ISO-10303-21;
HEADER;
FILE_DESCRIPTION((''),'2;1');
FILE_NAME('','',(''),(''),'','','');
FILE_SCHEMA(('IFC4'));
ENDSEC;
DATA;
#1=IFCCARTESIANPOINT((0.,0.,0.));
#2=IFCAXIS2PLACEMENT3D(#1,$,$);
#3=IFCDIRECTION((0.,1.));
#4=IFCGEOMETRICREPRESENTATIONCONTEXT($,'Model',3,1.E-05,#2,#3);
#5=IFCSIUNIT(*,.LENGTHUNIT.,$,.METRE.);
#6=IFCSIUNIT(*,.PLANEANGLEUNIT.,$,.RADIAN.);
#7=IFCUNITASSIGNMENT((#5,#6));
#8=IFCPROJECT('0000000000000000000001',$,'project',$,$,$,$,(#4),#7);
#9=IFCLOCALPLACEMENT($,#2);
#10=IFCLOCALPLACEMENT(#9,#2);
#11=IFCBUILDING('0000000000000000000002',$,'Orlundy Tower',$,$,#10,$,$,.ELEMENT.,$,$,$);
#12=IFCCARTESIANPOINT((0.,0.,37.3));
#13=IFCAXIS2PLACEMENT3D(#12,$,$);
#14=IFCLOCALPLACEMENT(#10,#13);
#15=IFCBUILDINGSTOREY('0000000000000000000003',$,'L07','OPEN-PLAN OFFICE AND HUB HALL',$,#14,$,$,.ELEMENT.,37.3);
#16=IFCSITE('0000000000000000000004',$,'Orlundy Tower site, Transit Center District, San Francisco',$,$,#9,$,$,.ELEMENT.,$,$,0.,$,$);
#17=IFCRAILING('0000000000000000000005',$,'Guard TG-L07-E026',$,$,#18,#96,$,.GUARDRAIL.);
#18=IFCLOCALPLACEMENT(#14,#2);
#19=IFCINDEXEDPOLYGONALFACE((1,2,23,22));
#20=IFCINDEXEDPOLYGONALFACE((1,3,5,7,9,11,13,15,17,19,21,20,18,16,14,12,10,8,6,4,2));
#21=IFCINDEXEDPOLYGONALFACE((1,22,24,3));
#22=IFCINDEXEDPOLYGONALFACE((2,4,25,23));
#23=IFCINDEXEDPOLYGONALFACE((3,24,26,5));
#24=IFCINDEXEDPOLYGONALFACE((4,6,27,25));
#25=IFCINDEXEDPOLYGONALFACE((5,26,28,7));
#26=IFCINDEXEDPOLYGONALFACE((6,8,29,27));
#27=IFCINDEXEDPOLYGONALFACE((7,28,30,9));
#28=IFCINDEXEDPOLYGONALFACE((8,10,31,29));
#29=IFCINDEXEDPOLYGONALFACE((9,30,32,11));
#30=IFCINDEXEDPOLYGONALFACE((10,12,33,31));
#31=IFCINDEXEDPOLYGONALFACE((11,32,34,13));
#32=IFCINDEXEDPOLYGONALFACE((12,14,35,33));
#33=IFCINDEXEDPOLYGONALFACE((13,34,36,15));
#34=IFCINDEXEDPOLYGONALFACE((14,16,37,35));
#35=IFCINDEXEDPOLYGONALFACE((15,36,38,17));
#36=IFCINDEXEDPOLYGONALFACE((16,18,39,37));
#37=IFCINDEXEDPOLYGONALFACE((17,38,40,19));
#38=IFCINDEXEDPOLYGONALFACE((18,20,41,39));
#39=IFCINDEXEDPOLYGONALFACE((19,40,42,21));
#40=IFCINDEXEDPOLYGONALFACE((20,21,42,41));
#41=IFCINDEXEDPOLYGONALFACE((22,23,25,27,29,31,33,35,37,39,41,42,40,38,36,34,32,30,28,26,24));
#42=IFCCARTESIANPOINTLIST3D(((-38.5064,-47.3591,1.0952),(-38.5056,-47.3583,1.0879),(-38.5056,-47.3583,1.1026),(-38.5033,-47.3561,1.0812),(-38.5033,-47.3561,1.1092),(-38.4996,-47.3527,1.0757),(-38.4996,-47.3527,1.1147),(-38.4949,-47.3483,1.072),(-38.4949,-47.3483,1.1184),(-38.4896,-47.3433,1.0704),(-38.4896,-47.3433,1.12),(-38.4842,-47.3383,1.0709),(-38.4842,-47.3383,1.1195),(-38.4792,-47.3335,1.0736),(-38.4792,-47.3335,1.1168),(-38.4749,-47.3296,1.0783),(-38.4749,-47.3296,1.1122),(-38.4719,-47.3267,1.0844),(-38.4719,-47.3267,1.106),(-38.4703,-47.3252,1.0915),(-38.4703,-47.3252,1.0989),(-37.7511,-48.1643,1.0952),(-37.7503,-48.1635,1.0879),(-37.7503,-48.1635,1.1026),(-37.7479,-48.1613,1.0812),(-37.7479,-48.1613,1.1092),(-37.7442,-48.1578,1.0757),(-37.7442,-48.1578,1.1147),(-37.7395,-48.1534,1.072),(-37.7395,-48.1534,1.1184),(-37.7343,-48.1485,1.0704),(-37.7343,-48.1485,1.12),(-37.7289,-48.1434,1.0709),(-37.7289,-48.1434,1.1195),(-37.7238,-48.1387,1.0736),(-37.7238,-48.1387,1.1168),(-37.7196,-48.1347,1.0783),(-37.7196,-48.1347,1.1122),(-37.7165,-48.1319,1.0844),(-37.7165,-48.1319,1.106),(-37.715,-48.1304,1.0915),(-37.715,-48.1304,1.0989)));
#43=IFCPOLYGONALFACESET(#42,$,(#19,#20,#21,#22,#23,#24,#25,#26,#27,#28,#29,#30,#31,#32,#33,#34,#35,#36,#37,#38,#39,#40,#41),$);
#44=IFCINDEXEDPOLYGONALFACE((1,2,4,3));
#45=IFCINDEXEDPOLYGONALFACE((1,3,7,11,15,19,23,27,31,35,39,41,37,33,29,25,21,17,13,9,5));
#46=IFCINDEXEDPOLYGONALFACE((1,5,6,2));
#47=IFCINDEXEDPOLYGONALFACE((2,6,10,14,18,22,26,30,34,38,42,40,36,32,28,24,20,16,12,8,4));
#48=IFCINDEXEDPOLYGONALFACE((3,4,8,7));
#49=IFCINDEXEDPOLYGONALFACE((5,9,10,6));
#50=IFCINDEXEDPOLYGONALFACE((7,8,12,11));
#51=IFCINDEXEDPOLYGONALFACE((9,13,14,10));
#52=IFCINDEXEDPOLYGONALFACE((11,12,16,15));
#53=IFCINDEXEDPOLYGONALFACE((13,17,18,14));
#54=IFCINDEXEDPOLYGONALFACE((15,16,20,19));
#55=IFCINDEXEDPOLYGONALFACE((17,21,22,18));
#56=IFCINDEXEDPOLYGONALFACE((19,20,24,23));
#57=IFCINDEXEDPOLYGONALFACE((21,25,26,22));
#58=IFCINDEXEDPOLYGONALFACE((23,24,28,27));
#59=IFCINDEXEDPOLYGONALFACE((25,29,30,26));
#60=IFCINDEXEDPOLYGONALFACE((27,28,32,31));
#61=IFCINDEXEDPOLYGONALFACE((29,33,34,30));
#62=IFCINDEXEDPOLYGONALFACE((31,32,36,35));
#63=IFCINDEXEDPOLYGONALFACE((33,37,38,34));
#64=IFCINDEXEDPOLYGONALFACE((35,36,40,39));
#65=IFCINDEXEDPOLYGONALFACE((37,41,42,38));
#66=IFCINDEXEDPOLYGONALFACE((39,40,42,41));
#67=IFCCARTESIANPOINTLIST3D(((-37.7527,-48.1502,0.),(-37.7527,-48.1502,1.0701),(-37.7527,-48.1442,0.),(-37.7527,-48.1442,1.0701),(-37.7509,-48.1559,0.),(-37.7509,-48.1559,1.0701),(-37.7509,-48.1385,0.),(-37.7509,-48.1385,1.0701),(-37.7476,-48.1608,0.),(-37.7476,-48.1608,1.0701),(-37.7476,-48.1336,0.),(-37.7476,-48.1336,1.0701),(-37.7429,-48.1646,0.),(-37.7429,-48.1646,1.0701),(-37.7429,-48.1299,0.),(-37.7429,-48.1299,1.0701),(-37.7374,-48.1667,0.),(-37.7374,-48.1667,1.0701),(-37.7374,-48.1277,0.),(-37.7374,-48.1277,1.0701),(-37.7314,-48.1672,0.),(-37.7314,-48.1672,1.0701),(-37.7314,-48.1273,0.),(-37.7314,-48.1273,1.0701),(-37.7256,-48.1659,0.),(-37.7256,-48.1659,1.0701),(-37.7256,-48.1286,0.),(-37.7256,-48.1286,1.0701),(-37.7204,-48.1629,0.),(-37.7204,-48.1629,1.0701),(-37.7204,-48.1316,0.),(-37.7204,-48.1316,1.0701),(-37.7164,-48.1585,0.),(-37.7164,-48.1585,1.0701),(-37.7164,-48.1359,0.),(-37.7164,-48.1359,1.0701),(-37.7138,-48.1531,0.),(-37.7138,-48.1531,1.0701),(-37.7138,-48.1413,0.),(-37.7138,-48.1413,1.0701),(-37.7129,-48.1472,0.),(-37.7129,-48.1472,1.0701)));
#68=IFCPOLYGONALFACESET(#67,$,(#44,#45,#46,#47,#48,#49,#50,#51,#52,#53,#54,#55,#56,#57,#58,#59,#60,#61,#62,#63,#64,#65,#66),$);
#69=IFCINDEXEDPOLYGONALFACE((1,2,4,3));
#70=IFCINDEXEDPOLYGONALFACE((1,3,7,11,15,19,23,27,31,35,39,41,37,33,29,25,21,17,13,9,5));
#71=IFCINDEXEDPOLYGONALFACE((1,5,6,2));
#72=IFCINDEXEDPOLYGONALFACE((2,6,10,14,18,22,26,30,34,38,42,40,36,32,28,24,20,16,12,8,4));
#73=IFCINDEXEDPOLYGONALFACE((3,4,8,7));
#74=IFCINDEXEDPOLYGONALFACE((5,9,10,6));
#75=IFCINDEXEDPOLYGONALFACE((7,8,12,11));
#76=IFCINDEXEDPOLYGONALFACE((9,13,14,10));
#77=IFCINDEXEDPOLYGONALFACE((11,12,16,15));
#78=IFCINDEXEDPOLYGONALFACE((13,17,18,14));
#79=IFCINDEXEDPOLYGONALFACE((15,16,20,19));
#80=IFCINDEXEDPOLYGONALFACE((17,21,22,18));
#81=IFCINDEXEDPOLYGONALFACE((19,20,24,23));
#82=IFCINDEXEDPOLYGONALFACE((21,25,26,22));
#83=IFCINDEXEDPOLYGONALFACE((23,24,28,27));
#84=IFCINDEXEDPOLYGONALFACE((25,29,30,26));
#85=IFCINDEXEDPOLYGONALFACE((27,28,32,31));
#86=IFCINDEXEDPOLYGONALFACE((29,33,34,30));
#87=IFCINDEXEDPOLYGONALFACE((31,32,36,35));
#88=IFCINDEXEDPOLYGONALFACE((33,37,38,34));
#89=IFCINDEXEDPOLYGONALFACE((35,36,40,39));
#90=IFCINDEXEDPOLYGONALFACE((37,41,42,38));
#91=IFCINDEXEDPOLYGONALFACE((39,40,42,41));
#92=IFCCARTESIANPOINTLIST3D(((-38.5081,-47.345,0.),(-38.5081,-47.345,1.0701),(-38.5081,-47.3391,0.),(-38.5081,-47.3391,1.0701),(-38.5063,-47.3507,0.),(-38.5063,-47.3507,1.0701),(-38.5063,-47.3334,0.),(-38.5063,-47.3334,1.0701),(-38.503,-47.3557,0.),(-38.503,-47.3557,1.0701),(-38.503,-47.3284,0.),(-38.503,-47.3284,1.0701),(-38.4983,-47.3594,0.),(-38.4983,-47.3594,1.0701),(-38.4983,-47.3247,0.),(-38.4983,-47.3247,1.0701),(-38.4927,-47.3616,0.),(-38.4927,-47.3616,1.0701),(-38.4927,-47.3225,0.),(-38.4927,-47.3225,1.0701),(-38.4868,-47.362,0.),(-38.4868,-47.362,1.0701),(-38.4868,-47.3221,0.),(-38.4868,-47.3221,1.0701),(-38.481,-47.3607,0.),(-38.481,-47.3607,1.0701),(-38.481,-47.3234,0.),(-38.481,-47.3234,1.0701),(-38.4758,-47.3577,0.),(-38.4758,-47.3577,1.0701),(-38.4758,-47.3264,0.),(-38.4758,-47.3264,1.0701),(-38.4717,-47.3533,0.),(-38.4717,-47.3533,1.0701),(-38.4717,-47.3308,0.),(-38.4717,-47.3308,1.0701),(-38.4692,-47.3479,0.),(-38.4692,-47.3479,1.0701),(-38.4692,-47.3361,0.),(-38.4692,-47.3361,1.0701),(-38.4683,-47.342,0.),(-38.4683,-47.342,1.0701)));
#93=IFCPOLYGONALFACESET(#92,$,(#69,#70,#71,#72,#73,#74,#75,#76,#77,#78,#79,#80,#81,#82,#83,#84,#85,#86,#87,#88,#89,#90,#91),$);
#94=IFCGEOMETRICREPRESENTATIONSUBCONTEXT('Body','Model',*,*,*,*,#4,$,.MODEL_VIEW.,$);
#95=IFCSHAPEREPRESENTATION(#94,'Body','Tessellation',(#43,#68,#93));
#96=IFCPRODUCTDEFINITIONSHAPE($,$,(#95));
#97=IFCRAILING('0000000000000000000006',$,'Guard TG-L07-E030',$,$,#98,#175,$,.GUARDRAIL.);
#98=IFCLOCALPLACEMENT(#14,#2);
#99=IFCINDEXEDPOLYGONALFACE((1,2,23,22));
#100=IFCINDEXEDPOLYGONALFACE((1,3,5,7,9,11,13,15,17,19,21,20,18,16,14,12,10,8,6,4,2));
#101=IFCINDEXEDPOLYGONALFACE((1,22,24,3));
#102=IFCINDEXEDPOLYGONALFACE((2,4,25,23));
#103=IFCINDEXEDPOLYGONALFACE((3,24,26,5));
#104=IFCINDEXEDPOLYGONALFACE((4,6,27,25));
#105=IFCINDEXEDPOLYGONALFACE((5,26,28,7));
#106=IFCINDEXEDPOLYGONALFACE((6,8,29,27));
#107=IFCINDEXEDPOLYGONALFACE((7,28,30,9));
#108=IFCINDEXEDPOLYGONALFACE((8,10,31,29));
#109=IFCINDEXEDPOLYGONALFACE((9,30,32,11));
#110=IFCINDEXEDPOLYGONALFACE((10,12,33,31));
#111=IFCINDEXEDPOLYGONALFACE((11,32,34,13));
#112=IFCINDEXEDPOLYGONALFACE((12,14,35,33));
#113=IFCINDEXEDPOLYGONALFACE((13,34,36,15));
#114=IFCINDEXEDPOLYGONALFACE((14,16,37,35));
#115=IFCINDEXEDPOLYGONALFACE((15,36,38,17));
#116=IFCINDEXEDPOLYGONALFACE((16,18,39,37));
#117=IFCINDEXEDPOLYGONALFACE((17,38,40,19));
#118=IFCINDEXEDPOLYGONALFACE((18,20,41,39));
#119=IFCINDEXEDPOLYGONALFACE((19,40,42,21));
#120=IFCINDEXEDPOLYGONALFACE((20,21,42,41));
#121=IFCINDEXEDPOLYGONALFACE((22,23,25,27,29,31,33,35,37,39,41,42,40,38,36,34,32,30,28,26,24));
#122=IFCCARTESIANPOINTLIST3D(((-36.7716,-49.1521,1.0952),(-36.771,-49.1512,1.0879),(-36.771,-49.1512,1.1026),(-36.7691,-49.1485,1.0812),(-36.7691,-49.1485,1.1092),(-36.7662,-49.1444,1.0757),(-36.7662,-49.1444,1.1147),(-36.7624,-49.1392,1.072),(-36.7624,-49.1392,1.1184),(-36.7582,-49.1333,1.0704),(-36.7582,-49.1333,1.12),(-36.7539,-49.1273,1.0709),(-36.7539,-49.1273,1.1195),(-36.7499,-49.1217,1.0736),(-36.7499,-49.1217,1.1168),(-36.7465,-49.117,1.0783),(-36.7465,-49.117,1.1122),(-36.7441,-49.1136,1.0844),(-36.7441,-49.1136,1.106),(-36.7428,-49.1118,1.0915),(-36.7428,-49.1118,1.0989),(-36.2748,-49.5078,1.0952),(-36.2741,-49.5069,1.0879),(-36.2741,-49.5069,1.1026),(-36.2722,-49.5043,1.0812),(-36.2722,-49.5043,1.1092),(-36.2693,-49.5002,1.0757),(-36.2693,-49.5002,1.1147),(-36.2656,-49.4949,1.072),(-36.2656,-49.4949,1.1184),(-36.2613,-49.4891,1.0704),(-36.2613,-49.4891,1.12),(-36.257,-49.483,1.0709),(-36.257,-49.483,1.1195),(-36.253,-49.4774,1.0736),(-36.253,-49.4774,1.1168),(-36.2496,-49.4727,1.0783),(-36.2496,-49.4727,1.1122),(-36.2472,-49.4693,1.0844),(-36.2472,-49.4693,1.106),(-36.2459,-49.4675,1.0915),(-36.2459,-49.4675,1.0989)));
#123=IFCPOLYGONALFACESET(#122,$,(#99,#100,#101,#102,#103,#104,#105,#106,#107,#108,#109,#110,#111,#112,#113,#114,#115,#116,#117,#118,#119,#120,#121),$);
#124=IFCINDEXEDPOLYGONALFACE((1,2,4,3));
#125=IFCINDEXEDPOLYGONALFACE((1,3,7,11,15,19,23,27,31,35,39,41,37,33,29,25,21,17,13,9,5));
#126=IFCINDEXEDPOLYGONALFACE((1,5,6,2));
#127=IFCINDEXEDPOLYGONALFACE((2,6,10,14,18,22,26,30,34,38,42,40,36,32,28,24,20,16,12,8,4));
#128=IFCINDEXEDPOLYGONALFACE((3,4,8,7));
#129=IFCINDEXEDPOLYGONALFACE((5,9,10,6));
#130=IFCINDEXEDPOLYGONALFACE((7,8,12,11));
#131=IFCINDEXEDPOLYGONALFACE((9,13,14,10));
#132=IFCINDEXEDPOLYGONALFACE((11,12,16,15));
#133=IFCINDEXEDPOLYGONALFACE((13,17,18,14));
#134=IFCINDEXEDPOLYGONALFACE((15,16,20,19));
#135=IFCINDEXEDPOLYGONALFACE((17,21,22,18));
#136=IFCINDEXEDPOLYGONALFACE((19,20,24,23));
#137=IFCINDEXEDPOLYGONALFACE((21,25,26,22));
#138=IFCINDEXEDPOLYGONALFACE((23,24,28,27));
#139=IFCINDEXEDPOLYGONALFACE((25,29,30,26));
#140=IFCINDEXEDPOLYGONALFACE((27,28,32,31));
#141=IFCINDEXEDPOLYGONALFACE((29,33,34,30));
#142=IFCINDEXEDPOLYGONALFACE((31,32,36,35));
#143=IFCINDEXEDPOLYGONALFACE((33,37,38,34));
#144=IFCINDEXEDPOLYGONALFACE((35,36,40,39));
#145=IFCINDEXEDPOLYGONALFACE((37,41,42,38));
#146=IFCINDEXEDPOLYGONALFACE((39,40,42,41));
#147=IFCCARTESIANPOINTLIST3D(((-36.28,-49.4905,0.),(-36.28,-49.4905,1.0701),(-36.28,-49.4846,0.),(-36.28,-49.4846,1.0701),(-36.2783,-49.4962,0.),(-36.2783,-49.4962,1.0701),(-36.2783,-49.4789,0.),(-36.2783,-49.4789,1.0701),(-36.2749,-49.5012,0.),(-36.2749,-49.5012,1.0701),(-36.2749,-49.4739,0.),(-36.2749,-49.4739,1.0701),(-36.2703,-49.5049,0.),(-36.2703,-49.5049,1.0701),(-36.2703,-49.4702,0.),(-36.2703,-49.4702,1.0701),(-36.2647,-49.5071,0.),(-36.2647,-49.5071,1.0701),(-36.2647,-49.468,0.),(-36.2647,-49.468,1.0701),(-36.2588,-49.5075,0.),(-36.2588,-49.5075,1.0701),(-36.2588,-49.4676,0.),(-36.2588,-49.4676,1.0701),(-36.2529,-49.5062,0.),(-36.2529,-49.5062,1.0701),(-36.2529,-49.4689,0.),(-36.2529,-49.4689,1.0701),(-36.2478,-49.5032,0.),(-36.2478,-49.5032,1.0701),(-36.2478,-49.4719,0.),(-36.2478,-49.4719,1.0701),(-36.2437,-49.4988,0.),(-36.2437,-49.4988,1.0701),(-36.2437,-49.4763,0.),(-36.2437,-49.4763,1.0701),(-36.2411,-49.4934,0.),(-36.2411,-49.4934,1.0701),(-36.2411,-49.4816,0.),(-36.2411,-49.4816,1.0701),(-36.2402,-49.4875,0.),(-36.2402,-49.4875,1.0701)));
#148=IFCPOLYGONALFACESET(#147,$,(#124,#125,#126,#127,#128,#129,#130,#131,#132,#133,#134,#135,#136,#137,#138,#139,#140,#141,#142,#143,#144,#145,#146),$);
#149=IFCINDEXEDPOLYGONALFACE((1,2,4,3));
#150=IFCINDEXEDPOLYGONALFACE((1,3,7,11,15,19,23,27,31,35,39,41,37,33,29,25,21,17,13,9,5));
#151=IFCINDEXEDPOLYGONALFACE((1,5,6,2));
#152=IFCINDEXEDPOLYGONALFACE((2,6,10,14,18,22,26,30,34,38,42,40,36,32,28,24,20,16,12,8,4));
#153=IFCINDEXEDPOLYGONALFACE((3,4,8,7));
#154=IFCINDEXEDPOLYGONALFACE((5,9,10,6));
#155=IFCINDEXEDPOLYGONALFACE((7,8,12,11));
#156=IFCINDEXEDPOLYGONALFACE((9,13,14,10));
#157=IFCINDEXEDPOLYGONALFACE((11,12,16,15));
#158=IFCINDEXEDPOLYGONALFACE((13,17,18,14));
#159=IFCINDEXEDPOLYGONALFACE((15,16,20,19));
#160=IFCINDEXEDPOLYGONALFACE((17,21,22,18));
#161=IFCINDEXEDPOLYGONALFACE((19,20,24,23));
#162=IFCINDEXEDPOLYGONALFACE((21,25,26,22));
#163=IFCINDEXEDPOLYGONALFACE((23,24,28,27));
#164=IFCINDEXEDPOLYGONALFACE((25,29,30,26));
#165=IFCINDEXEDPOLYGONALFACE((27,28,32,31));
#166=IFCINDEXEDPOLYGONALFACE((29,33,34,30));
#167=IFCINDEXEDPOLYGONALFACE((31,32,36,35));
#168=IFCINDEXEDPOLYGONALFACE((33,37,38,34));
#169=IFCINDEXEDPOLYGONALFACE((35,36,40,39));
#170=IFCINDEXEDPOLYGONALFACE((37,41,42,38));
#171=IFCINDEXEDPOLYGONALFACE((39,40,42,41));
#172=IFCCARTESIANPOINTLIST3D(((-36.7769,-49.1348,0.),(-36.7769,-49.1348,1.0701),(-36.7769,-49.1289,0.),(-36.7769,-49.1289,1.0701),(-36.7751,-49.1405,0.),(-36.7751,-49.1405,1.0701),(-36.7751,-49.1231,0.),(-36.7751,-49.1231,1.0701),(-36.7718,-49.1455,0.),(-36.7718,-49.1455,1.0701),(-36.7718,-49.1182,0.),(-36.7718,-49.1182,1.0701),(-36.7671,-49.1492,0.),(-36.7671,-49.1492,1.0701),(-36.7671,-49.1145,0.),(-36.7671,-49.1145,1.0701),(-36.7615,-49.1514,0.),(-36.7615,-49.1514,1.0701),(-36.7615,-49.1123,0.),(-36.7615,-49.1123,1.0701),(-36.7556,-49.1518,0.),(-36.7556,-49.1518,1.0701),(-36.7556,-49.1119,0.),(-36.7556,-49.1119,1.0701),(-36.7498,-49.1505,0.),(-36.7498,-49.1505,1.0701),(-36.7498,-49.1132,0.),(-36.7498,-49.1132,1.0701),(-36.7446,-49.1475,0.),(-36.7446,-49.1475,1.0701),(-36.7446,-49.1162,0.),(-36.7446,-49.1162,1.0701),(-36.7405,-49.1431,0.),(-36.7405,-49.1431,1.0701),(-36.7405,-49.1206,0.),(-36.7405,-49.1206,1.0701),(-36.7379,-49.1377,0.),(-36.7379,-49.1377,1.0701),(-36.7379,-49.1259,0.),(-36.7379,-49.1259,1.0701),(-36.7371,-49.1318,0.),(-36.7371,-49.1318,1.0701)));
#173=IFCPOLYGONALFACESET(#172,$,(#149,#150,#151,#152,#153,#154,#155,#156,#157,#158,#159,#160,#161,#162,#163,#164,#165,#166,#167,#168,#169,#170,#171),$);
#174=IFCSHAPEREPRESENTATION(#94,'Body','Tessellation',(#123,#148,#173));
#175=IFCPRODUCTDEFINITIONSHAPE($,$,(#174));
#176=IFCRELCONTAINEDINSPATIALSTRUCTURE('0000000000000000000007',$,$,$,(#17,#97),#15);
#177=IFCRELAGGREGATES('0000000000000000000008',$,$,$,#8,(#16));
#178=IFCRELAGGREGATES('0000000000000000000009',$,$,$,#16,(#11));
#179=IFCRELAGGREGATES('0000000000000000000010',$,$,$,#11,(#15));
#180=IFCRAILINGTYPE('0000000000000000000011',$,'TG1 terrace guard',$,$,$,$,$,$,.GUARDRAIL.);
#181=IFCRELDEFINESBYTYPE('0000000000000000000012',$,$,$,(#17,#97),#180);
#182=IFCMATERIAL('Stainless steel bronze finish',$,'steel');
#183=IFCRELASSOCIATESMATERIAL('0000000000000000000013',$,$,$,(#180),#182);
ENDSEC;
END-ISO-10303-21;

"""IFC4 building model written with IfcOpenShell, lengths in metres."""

from ifc_helpers import new_model, si_unit, direction, frame, origin, origin_2d, place, context, subcontext, project, spatial, circle, extrude, material, type_object, element, save


model = new_model("IFC4")

# Units and contexts
model_context = context("Model", 3, precision=1e-05, world=origin(), true_north=direction((0.0, 1.0)))
body_context = subcontext(model_context, "Body", "Model", "MODEL_VIEW")
ifc_project = project(units=[si_unit("LENGTHUNIT", "METRE"), si_unit("PLANEANGLEUNIT", "RADIAN")], contexts=[model_context])

# Site, building, storey
site_placement = place(None, origin())
site = spatial("IfcSite", under=ifc_project, at=site_placement, Name="Orlundy Tower site, Transit Center District, San Francisco", CompositionType="ELEMENT", RefElevation=0.0)
building_placement = place(site_placement, origin())
building = spatial("IfcBuilding", under=site, at=building_placement, Name="Orlundy Tower", CompositionType="ELEMENT")
storey_placement = place(building_placement, frame((0.0, 0.0, 37.3)))
storey = spatial("IfcBuildingStorey", under=building, at=storey_placement, Name="L07", Description="OPEN-PLAN OFFICE AND HUB HALL", CompositionType="ELEMENT", Elevation=37.3)

# Railings
ifc_material_1 = material(Name="Stainless steel bronze finish", Category="steel")
railing_type = type_object("IfcRailingType", Name="TG1 terrace guard", PredefinedType="GUARDRAIL", material=ifc_material_1)
railing_1_placement = place(storey_placement, frame((-37.7329, -48.1472, 0.0)))
element("IfcRailing", 1, at=railing_1_placement, inside=storey, type_object=railing_type, Name="Guard TG-L07-E026", PredefinedType="GUARDRAIL", context=body_context, shape_type="SweptSolid", body=[
    extrude(circle(Radius=0.0249, at=origin_2d()), frame((0.0, 0.0, 1.0952), z_axis=(-0.684191, 0.729303, 0.0), x_axis=(-0.729303, -0.684191, 0.0)), (0.0, 0.0, 1.0), 1.104),
    extrude(circle(Radius=0.02, at=origin_2d()), origin(), (0.0, 0.0, 1.0), 1.0701),
    extrude(circle(Radius=0.02, at=origin_2d()), frame((-0.7554, 0.8052, 0.0)), (0.0, 0.0, 1.0), 1.0701),
])
railing_2_placement = place(storey_placement, frame((-36.2603, -49.4875, 0.0)))
element("IfcRailing", 2, at=railing_2_placement, inside=storey, type_object=railing_type, Name="Guard TG-L07-E030", PredefinedType="GUARDRAIL", context=body_context, shape_type="SweptSolid", body=[
    extrude(circle(Radius=0.0249, at=origin_2d()), frame((0.0, 0.0, 1.0952), z_axis=(-0.813085, 0.582145, 0.0), x_axis=(-0.582145, -0.813085, 0.0)), (0.0, 0.0, 1.0), 0.6111),
    extrude(circle(Radius=0.02, at=origin_2d()), origin(), (0.0, 0.0, 1.0), 1.0701),
    extrude(circle(Radius=0.02, at=origin_2d()), frame((-0.4968, 0.3557, 0.0)), (0.0, 0.0, 1.0), 1.0701),
])

save(model, "model.ifc")
